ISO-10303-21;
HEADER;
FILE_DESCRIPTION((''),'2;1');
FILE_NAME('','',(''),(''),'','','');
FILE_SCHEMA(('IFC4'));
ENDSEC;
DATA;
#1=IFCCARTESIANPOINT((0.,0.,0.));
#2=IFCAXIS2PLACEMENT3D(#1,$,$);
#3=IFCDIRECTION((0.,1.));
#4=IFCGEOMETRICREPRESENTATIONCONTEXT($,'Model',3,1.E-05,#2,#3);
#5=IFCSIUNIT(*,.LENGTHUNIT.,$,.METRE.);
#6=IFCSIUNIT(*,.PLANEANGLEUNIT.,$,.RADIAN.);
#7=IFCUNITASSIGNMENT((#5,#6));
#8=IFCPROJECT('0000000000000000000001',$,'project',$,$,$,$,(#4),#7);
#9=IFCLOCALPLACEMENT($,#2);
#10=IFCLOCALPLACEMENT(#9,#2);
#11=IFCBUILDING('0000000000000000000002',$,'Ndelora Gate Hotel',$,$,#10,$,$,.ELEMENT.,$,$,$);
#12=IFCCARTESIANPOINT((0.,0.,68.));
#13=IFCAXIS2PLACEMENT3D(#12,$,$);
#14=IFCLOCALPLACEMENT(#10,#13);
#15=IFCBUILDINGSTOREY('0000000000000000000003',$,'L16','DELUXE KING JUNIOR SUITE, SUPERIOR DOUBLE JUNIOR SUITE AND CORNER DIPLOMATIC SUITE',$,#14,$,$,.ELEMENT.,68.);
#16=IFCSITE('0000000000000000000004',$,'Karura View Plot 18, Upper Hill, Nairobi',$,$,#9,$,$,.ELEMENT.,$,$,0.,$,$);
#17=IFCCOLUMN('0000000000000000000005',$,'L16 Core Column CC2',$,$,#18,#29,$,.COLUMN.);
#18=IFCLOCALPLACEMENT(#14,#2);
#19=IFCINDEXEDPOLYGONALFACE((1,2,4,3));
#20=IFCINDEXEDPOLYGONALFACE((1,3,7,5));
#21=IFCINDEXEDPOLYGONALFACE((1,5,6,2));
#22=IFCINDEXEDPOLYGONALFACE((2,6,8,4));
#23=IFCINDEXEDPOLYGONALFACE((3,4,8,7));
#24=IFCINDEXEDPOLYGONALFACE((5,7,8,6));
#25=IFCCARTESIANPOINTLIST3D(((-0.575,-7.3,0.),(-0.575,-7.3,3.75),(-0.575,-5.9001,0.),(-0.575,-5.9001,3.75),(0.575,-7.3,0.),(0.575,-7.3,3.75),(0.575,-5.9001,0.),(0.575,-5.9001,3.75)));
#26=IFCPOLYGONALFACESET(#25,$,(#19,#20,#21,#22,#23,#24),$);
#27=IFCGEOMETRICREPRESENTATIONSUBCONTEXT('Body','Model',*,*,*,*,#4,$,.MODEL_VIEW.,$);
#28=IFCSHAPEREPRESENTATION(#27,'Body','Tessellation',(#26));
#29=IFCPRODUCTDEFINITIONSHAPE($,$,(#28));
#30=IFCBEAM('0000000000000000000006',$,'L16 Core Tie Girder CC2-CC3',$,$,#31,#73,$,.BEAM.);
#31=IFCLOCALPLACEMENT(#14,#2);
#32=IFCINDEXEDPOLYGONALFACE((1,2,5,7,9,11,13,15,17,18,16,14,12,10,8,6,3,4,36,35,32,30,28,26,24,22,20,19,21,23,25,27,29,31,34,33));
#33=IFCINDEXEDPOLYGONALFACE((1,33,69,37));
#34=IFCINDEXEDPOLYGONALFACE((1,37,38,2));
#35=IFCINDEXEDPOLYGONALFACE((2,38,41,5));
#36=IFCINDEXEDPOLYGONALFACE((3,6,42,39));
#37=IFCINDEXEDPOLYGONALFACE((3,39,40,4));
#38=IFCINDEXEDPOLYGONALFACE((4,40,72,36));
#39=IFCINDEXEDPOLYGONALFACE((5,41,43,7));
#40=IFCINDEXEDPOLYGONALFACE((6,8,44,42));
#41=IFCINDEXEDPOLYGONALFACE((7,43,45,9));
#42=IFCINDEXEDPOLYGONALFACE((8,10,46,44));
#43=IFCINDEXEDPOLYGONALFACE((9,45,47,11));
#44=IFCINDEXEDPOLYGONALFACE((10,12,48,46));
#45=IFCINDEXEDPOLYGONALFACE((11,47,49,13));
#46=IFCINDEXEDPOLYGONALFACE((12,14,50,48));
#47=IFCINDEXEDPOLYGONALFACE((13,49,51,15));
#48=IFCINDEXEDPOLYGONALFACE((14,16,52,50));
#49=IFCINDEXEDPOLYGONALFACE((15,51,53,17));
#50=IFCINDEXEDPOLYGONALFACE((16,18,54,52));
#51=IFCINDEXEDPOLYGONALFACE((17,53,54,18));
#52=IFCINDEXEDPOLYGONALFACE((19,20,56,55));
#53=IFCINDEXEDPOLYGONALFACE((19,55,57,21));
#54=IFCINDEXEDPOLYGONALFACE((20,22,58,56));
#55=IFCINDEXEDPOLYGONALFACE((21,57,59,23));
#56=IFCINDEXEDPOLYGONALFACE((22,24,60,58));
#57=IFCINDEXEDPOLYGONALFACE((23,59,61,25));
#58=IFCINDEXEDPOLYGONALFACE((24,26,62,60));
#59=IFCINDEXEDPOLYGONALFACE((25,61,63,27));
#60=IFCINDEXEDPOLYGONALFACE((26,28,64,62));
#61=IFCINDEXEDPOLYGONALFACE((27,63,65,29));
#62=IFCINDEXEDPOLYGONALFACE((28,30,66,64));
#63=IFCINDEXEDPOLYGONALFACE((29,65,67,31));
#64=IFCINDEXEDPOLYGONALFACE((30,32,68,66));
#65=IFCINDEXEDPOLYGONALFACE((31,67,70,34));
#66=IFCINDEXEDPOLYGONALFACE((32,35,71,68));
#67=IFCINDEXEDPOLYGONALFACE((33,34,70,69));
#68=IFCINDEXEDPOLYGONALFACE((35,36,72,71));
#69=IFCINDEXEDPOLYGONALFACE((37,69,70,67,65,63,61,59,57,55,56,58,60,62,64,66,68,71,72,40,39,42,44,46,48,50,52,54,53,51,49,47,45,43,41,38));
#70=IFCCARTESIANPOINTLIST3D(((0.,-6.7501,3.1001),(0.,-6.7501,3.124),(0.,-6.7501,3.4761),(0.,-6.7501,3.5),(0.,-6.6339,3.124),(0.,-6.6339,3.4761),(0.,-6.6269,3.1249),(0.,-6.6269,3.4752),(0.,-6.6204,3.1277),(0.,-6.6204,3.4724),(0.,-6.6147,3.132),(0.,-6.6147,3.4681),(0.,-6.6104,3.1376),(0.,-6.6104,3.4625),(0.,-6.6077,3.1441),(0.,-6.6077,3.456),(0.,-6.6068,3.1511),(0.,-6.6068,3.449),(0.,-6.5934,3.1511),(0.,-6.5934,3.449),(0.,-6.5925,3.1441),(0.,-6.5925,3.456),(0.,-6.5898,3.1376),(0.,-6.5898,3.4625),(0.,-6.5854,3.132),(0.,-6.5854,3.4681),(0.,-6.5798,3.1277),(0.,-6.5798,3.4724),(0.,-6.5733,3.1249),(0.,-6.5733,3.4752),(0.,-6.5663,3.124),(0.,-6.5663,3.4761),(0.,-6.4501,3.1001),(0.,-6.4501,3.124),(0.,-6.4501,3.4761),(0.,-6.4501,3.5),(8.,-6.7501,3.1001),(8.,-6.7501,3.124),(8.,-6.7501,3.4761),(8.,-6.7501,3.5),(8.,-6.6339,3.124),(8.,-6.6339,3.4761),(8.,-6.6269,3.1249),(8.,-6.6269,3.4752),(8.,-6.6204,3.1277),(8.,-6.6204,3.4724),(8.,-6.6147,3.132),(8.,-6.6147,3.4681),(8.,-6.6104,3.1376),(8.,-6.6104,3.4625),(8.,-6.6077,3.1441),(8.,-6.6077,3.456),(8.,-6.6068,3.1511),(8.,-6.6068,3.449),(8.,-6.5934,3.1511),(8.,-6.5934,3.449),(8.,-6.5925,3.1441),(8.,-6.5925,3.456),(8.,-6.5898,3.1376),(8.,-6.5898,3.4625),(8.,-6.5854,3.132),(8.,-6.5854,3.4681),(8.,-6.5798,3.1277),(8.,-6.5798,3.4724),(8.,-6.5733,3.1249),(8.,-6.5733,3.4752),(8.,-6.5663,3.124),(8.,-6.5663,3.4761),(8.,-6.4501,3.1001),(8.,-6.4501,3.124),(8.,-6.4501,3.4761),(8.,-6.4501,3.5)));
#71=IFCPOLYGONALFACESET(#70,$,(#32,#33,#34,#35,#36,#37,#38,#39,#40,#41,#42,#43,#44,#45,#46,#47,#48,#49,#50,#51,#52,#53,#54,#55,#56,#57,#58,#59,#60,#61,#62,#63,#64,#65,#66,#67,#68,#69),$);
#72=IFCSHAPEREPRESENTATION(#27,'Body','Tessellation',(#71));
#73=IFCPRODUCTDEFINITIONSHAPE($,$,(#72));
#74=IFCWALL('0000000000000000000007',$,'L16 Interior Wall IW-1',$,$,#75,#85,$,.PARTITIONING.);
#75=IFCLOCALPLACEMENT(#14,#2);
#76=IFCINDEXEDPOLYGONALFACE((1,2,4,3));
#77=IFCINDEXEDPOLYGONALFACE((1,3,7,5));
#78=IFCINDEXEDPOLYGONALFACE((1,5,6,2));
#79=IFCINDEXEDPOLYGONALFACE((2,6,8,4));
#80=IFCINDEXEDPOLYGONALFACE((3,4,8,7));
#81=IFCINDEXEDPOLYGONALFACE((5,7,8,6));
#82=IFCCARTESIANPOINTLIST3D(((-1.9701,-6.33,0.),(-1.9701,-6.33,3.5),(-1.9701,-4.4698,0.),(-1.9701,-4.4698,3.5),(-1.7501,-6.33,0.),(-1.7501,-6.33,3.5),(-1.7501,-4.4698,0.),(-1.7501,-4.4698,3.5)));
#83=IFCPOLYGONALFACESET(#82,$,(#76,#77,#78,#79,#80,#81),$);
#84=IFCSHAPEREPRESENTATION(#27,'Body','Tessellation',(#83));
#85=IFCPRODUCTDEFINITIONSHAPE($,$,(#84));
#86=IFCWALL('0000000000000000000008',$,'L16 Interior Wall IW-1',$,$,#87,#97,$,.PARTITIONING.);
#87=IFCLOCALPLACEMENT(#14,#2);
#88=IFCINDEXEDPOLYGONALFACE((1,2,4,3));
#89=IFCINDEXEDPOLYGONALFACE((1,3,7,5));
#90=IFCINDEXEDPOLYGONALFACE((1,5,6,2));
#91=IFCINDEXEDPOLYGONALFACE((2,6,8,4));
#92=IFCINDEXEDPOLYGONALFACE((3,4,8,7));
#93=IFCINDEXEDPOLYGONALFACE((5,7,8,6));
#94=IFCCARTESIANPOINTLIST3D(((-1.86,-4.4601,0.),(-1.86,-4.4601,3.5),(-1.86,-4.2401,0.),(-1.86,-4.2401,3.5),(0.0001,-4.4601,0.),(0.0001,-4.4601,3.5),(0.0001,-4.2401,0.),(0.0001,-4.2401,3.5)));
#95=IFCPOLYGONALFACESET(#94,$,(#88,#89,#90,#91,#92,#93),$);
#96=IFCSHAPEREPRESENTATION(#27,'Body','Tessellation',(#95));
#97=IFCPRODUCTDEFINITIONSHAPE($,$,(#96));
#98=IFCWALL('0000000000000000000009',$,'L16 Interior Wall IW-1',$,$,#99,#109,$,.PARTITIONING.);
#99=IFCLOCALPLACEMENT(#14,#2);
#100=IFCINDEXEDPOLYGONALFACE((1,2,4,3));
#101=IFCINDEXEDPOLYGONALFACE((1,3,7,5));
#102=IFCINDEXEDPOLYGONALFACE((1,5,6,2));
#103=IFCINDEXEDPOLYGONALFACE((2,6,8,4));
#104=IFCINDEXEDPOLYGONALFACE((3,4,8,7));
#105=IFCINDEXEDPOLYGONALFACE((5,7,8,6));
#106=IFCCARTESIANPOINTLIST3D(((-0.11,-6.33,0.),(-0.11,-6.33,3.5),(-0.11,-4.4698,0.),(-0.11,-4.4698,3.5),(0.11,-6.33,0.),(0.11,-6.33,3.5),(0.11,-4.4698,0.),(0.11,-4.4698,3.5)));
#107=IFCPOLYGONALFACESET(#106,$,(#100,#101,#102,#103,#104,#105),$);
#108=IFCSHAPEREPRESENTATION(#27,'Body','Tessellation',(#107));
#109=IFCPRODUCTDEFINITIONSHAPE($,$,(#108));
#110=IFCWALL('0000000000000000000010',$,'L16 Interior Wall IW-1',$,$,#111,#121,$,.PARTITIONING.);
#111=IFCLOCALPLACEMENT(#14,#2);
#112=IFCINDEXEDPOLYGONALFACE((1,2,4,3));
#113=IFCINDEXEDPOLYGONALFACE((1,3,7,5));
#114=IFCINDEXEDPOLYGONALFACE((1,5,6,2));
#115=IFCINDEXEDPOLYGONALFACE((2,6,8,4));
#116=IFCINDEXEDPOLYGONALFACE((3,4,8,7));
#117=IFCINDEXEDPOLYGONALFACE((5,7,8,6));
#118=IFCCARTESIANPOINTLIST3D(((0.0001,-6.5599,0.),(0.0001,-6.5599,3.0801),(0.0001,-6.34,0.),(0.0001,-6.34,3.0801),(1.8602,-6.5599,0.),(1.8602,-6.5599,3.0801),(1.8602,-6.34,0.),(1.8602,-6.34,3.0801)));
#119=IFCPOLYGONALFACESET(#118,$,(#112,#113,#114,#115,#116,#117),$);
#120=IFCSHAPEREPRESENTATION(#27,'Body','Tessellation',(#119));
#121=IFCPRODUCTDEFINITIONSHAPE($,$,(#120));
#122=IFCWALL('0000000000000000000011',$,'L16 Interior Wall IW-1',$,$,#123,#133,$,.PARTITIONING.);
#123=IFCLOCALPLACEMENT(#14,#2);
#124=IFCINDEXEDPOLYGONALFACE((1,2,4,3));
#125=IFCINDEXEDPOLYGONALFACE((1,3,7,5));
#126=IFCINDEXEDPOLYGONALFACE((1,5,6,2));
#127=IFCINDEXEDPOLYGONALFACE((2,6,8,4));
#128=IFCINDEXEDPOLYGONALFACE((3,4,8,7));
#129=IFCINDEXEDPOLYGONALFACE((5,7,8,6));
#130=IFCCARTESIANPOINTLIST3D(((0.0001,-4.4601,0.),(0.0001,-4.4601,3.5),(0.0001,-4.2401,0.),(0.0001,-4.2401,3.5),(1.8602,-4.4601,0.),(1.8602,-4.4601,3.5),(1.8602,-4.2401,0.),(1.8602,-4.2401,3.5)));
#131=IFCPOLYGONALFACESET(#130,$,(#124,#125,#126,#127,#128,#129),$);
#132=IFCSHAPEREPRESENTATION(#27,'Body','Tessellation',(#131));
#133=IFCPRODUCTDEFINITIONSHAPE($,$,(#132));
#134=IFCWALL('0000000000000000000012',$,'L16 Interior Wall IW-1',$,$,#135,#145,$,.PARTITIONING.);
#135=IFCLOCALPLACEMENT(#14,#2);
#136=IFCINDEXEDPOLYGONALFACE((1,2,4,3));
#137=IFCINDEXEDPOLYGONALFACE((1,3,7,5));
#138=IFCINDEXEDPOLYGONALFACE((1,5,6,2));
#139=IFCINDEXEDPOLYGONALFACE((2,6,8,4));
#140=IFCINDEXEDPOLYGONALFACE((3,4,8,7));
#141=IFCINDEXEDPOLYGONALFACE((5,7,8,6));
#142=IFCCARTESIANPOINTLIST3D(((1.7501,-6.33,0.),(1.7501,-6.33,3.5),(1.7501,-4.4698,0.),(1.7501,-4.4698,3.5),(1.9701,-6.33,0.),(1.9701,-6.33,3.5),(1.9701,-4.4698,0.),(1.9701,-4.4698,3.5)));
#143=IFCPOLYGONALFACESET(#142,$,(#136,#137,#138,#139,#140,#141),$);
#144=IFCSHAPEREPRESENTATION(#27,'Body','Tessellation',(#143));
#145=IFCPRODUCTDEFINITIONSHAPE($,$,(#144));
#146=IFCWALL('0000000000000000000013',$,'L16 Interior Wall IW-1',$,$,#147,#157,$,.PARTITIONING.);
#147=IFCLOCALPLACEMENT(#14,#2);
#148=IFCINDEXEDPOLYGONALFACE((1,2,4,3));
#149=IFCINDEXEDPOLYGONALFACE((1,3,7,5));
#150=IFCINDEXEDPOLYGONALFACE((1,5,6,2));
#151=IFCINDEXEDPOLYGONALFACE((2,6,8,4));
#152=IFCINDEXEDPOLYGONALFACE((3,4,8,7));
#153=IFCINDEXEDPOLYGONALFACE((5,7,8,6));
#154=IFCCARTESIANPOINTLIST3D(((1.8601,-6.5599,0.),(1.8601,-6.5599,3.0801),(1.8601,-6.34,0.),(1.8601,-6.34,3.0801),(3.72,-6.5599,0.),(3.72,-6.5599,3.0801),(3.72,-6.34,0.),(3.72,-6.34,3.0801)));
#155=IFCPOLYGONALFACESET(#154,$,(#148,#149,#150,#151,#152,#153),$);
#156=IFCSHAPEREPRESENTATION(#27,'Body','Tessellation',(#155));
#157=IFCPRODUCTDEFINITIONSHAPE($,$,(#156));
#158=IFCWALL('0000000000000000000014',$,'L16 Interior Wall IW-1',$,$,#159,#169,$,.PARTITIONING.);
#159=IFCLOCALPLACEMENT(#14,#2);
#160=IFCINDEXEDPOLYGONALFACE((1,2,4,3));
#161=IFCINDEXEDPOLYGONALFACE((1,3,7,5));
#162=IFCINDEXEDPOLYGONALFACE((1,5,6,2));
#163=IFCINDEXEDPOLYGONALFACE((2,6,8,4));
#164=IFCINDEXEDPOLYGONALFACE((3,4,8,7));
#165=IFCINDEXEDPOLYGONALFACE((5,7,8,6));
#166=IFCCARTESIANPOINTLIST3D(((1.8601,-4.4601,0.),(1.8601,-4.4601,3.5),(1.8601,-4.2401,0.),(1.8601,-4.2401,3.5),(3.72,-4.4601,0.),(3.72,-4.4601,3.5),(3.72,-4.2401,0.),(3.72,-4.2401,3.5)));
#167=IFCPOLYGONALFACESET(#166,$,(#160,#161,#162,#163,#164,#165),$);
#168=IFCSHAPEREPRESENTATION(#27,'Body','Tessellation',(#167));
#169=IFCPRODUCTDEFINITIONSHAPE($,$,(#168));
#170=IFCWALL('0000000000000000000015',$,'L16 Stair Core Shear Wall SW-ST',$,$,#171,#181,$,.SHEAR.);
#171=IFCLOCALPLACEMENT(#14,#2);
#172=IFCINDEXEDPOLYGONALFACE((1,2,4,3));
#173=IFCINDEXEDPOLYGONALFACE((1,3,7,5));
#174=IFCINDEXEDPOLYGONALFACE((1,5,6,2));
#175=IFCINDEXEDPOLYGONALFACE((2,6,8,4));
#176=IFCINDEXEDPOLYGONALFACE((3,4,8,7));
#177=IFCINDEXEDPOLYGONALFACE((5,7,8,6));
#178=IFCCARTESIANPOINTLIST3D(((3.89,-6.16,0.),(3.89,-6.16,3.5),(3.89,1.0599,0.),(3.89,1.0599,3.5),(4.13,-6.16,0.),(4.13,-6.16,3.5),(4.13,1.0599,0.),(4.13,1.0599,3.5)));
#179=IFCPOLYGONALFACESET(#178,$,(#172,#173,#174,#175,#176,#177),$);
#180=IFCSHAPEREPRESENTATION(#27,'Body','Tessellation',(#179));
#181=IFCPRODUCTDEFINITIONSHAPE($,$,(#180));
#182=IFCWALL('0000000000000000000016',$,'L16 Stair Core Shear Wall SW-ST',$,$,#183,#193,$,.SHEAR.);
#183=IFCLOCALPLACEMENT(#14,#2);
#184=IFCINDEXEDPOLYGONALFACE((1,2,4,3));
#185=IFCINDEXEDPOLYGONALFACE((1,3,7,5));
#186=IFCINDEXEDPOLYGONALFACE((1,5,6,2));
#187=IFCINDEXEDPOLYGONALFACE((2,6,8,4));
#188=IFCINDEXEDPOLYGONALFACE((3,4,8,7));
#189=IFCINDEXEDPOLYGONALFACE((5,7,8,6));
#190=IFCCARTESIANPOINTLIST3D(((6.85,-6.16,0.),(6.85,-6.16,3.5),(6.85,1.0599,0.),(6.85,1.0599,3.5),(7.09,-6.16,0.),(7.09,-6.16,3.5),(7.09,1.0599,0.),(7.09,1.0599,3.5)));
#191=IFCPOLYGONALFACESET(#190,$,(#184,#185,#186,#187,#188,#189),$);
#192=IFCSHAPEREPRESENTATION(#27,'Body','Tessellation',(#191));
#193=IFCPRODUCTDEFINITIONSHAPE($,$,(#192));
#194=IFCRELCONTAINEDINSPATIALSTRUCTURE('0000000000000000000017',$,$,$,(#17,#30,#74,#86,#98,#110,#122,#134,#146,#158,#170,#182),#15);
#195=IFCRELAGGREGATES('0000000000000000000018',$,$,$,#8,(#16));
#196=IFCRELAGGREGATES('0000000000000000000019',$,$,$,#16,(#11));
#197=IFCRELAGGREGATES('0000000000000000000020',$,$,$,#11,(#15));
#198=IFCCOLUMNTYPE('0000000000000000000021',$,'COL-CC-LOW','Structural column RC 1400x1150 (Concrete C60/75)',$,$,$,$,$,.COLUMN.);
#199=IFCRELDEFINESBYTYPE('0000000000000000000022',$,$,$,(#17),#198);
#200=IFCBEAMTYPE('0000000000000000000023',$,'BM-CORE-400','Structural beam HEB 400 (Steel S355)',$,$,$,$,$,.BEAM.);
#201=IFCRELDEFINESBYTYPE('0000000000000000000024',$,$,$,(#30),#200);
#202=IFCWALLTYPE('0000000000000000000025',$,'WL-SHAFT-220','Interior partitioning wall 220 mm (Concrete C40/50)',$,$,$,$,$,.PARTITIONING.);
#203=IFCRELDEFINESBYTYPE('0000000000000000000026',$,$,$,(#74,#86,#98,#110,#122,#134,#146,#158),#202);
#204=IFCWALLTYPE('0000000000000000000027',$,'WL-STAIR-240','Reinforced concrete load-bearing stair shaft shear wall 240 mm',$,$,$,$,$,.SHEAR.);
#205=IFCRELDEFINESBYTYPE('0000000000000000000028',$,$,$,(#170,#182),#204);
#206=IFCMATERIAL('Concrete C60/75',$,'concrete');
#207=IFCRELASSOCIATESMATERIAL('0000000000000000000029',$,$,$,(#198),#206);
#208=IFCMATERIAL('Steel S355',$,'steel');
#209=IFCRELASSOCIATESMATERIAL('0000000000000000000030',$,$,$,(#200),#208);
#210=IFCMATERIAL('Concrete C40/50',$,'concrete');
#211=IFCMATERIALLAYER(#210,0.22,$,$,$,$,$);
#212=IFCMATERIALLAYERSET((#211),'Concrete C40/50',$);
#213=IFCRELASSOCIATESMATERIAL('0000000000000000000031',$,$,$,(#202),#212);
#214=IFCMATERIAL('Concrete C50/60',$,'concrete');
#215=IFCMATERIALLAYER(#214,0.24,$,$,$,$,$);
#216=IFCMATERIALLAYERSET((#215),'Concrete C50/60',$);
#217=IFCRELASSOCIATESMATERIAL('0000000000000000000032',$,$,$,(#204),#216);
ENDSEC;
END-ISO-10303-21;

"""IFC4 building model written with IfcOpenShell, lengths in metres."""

from ifc_helpers import new_model, si_unit, direction, frame, frame_2d, origin, origin_2d, place, context, subcontext, project, spatial, rectangle, i_section, extrude, material, layer, layer_set, material_profile, profile_set, type_object, element, save


model = new_model("IFC4")

# Units and contexts
model_context = context("Model", 3, precision=1e-05, world=origin(), true_north=direction((0.0, 1.0)))
body_context = subcontext(model_context, "Body", "Model", "MODEL_VIEW")
ifc_project = project(units=[si_unit("LENGTHUNIT", "METRE"), si_unit("PLANEANGLEUNIT", "RADIAN")], contexts=[model_context])

# Site, building, storey
site_placement = place(None, origin())
site = spatial("IfcSite", under=ifc_project, at=site_placement, Name="Karura View Plot 18, Upper Hill, Nairobi", CompositionType="ELEMENT", RefElevation=0.0)
building_placement = place(site_placement, origin())
building = spatial("IfcBuilding", under=site, at=building_placement, Name="Ndelora Gate Hotel", CompositionType="ELEMENT")
storey_placement = place(building_placement, frame((0.0, 0.0, 68.0)))
storey = spatial("IfcBuildingStorey", under=building, at=storey_placement, Name="L16", Description="DELUXE KING JUNIOR SUITE, SUPERIOR DOUBLE JUNIOR SUITE AND CORNER DIPLOMATIC SUITE", CompositionType="ELEMENT", Elevation=68.0)

# Column
ifc_material_1 = material(Name="Concrete C60/75", Category="concrete")
ifc_material_profile_1 = material_profile(ifc_material_1, rectangle(XDim=1.1499, YDim=1.3999, at=origin_2d()), Name="RC 1400x1150")
ifc_profile_set_1 = profile_set([ifc_material_profile_1], Name="Concrete C60/75")
column_type = type_object("IfcColumnType", Name="COL-CC-LOW", Description="Structural column RC 1400x1150 (Concrete C60/75)", PredefinedType="COLUMN", material=ifc_profile_set_1)
column_placement = place(storey_placement, frame((0.0, -6.6001, 0.0), z_axis=(0.0, 0.0, 1.0), x_axis=(1.0, 0.0, 0.0)))
element("IfcColumn", 1, at=column_placement, inside=storey, type_object=column_type, Name="L16 Core Column CC2", PredefinedType="COLUMN", context=body_context, shape_type="SweptSolid", body=[
    extrude(rectangle(XDim=1.1499, YDim=1.3999, at=origin_2d()), origin(), (0.0, 0.0, 1.0), 3.75),
])

# Beam
ifc_material_2 = material(Name="Steel S355", Category="steel")
ifc_material_profile_2 = material_profile(ifc_material_2, i_section(OverallWidth=0.3, OverallDepth=0.3999, WebThickness=0.0134, FlangeThickness=0.0239, FilletRadius=0.0271, at=origin_2d()), Name="HEB 400")
ifc_profile_set_2 = profile_set([ifc_material_profile_2], Name="Steel S355")
beam_type = type_object("IfcBeamType", Name="BM-CORE-400", Description="Structural beam HEB 400 (Steel S355)", PredefinedType="BEAM", material=ifc_profile_set_2)
beam_placement = place(storey_placement, frame((0.0, -6.6001, 3.3), z_axis=(1.0, 0.0, 0.0), x_axis=(0.0, 1.0, 0.0)))
element("IfcBeam", 2, at=beam_placement, inside=storey, type_object=beam_type, Name="L16 Core Tie Girder CC2-CC3", PredefinedType="BEAM", context=body_context, shape_type="SweptSolid", body=[
    extrude(i_section(OverallWidth=0.3, OverallDepth=0.3999, WebThickness=0.0134, FlangeThickness=0.0239, FilletRadius=0.0271, at=origin_2d()), origin(), (0.0, 0.0, 1.0), 8.0),
])

# Wall
ifc_material_3 = material(Name="Concrete C40/50", Category="concrete")
ifc_layer_1 = layer(ifc_material_3, 0.22)
ifc_layer_set_1 = layer_set([ifc_layer_1], Name="Concrete C40/50")
wall_type_1 = type_object("IfcWallType", Name="WL-SHAFT-220", Description="Interior partitioning wall 220 mm (Concrete C40/50)", PredefinedType="PARTITIONING", material=ifc_layer_set_1)
wall_1_placement = place(storey_placement, frame((-1.8601, -6.3301, 0.0), z_axis=(0.0, 0.0, 1.0), x_axis=(0.0, 1.0, 0.0)))
element("IfcWall", 3, at=wall_1_placement, inside=storey, type_object=wall_type_1, Name="L16 Interior Wall IW-1", PredefinedType="PARTITIONING", context=body_context, shape_type="SweptSolid", body=[
    extrude(rectangle(XDim=1.8601, YDim=0.22, at=frame_2d((0.9302, 0.0))), origin(), (0.0, 0.0, 1.0), 3.5),
])

# Walls
for number, where, z_axis, x_axis, name in (
    (4, (-1.8601, -4.3501, 0.0), (0.0, 0.0, 1.0), (1.0, 0.0, 0.0), "L16 Interior Wall IW-1"),
    (5, (0.0, -6.3301, 0.0), (0.0, 0.0, 1.0), (0.0, 1.0, 0.0), "L16 Interior Wall IW-1"),
):
    element("IfcWall", number, at=place(storey_placement, frame(where, z_axis=z_axis, x_axis=x_axis)), inside=storey, type_object=wall_type_1, Name=name, PredefinedType="PARTITIONING", context=body_context, shape_type="SweptSolid", body=[
        extrude(rectangle(XDim=1.8601, YDim=0.22, at=frame_2d((0.9302, 0.0))), origin(), (0.0, 0.0, 1.0), 3.5),
    ])
wall_2_placement = place(storey_placement, frame((0.0, -6.45, 0.0), z_axis=(0.0, 0.0, 1.0), x_axis=(1.0, 0.0, 0.0)))
element("IfcWall", 6, at=wall_2_placement, inside=storey, type_object=wall_type_1, Name="L16 Interior Wall IW-1", PredefinedType="PARTITIONING", context=body_context, shape_type="SweptSolid", body=[
    extrude(rectangle(XDim=1.8601, YDim=0.22, at=frame_2d((0.9302, 0.0))), origin(), (0.0, 0.0, 1.0), 3.0801),
])
for number, where, z_axis, x_axis, name in (
    (7, (0.0, -4.3501, 0.0), (0.0, 0.0, 1.0), (1.0, 0.0, 0.0), "L16 Interior Wall IW-1"),
    (8, (1.8601, -6.3301, 0.0), (0.0, 0.0, 1.0), (0.0, 1.0, 0.0), "L16 Interior Wall IW-1"),
):
    element("IfcWall", number, at=place(storey_placement, frame(where, z_axis=z_axis, x_axis=x_axis)), inside=storey, type_object=wall_type_1, Name=name, PredefinedType="PARTITIONING", context=body_context, shape_type="SweptSolid", body=[
        extrude(rectangle(XDim=1.8601, YDim=0.22, at=frame_2d((0.9302, 0.0))), origin(), (0.0, 0.0, 1.0), 3.5),
    ])
wall_3_placement = place(storey_placement, frame((1.8601, -6.45, 0.0), z_axis=(0.0, 0.0, 1.0), x_axis=(1.0, 0.0, 0.0)))
element("IfcWall", 9, at=wall_3_placement, inside=storey, type_object=wall_type_1, Name="L16 Interior Wall IW-1", PredefinedType="PARTITIONING", context=body_context, shape_type="SweptSolid", body=[
    extrude(rectangle(XDim=1.8599, YDim=0.22, at=frame_2d((0.9299, 0.0))), origin(), (0.0, 0.0, 1.0), 3.0801),
])
wall_4_placement = place(storey_placement, frame((1.8601, -4.3501, 0.0), z_axis=(0.0, 0.0, 1.0), x_axis=(1.0, 0.0, 0.0)))
element("IfcWall", 10, at=wall_4_placement, inside=storey, type_object=wall_type_1, Name="L16 Interior Wall IW-1", PredefinedType="PARTITIONING", context=body_context, shape_type="SweptSolid", body=[
    extrude(rectangle(XDim=1.8599, YDim=0.22, at=frame_2d((0.9299, 0.0))), origin(), (0.0, 0.0, 1.0), 3.5),
])
ifc_material_4 = material(Name="Concrete C50/60", Category="concrete")
ifc_layer_2 = layer(ifc_material_4, 0.24)
ifc_layer_set_2 = layer_set([ifc_layer_2], Name="Concrete C50/60")
wall_type_2 = type_object("IfcWallType", Name="WL-STAIR-240", Description="Reinforced concrete load-bearing stair shaft shear wall 240 mm", PredefinedType="SHEAR", material=ifc_layer_set_2)
for number, where, z_axis, x_axis, name in (
    (11, (4.01, -6.1599, 0.0), (0.0, 0.0, 1.0), (0.0, 1.0, 0.0), "L16 Stair Core Shear Wall SW-ST"),
    (12, (6.97, -6.1599, 0.0), (0.0, 0.0, 1.0), (0.0, 1.0, 0.0), "L16 Stair Core Shear Wall SW-ST"),
):
    element("IfcWall", number, at=place(storey_placement, frame(where, z_axis=z_axis, x_axis=x_axis)), inside=storey, type_object=wall_type_2, Name=name, PredefinedType="SHEAR", context=body_context, shape_type="SweptSolid", body=[
        extrude(rectangle(XDim=7.22, YDim=0.24, at=frame_2d((3.6099, 0.0))), origin(), (0.0, 0.0, 1.0), 3.5),
    ])

save(model, "model.ifc")
